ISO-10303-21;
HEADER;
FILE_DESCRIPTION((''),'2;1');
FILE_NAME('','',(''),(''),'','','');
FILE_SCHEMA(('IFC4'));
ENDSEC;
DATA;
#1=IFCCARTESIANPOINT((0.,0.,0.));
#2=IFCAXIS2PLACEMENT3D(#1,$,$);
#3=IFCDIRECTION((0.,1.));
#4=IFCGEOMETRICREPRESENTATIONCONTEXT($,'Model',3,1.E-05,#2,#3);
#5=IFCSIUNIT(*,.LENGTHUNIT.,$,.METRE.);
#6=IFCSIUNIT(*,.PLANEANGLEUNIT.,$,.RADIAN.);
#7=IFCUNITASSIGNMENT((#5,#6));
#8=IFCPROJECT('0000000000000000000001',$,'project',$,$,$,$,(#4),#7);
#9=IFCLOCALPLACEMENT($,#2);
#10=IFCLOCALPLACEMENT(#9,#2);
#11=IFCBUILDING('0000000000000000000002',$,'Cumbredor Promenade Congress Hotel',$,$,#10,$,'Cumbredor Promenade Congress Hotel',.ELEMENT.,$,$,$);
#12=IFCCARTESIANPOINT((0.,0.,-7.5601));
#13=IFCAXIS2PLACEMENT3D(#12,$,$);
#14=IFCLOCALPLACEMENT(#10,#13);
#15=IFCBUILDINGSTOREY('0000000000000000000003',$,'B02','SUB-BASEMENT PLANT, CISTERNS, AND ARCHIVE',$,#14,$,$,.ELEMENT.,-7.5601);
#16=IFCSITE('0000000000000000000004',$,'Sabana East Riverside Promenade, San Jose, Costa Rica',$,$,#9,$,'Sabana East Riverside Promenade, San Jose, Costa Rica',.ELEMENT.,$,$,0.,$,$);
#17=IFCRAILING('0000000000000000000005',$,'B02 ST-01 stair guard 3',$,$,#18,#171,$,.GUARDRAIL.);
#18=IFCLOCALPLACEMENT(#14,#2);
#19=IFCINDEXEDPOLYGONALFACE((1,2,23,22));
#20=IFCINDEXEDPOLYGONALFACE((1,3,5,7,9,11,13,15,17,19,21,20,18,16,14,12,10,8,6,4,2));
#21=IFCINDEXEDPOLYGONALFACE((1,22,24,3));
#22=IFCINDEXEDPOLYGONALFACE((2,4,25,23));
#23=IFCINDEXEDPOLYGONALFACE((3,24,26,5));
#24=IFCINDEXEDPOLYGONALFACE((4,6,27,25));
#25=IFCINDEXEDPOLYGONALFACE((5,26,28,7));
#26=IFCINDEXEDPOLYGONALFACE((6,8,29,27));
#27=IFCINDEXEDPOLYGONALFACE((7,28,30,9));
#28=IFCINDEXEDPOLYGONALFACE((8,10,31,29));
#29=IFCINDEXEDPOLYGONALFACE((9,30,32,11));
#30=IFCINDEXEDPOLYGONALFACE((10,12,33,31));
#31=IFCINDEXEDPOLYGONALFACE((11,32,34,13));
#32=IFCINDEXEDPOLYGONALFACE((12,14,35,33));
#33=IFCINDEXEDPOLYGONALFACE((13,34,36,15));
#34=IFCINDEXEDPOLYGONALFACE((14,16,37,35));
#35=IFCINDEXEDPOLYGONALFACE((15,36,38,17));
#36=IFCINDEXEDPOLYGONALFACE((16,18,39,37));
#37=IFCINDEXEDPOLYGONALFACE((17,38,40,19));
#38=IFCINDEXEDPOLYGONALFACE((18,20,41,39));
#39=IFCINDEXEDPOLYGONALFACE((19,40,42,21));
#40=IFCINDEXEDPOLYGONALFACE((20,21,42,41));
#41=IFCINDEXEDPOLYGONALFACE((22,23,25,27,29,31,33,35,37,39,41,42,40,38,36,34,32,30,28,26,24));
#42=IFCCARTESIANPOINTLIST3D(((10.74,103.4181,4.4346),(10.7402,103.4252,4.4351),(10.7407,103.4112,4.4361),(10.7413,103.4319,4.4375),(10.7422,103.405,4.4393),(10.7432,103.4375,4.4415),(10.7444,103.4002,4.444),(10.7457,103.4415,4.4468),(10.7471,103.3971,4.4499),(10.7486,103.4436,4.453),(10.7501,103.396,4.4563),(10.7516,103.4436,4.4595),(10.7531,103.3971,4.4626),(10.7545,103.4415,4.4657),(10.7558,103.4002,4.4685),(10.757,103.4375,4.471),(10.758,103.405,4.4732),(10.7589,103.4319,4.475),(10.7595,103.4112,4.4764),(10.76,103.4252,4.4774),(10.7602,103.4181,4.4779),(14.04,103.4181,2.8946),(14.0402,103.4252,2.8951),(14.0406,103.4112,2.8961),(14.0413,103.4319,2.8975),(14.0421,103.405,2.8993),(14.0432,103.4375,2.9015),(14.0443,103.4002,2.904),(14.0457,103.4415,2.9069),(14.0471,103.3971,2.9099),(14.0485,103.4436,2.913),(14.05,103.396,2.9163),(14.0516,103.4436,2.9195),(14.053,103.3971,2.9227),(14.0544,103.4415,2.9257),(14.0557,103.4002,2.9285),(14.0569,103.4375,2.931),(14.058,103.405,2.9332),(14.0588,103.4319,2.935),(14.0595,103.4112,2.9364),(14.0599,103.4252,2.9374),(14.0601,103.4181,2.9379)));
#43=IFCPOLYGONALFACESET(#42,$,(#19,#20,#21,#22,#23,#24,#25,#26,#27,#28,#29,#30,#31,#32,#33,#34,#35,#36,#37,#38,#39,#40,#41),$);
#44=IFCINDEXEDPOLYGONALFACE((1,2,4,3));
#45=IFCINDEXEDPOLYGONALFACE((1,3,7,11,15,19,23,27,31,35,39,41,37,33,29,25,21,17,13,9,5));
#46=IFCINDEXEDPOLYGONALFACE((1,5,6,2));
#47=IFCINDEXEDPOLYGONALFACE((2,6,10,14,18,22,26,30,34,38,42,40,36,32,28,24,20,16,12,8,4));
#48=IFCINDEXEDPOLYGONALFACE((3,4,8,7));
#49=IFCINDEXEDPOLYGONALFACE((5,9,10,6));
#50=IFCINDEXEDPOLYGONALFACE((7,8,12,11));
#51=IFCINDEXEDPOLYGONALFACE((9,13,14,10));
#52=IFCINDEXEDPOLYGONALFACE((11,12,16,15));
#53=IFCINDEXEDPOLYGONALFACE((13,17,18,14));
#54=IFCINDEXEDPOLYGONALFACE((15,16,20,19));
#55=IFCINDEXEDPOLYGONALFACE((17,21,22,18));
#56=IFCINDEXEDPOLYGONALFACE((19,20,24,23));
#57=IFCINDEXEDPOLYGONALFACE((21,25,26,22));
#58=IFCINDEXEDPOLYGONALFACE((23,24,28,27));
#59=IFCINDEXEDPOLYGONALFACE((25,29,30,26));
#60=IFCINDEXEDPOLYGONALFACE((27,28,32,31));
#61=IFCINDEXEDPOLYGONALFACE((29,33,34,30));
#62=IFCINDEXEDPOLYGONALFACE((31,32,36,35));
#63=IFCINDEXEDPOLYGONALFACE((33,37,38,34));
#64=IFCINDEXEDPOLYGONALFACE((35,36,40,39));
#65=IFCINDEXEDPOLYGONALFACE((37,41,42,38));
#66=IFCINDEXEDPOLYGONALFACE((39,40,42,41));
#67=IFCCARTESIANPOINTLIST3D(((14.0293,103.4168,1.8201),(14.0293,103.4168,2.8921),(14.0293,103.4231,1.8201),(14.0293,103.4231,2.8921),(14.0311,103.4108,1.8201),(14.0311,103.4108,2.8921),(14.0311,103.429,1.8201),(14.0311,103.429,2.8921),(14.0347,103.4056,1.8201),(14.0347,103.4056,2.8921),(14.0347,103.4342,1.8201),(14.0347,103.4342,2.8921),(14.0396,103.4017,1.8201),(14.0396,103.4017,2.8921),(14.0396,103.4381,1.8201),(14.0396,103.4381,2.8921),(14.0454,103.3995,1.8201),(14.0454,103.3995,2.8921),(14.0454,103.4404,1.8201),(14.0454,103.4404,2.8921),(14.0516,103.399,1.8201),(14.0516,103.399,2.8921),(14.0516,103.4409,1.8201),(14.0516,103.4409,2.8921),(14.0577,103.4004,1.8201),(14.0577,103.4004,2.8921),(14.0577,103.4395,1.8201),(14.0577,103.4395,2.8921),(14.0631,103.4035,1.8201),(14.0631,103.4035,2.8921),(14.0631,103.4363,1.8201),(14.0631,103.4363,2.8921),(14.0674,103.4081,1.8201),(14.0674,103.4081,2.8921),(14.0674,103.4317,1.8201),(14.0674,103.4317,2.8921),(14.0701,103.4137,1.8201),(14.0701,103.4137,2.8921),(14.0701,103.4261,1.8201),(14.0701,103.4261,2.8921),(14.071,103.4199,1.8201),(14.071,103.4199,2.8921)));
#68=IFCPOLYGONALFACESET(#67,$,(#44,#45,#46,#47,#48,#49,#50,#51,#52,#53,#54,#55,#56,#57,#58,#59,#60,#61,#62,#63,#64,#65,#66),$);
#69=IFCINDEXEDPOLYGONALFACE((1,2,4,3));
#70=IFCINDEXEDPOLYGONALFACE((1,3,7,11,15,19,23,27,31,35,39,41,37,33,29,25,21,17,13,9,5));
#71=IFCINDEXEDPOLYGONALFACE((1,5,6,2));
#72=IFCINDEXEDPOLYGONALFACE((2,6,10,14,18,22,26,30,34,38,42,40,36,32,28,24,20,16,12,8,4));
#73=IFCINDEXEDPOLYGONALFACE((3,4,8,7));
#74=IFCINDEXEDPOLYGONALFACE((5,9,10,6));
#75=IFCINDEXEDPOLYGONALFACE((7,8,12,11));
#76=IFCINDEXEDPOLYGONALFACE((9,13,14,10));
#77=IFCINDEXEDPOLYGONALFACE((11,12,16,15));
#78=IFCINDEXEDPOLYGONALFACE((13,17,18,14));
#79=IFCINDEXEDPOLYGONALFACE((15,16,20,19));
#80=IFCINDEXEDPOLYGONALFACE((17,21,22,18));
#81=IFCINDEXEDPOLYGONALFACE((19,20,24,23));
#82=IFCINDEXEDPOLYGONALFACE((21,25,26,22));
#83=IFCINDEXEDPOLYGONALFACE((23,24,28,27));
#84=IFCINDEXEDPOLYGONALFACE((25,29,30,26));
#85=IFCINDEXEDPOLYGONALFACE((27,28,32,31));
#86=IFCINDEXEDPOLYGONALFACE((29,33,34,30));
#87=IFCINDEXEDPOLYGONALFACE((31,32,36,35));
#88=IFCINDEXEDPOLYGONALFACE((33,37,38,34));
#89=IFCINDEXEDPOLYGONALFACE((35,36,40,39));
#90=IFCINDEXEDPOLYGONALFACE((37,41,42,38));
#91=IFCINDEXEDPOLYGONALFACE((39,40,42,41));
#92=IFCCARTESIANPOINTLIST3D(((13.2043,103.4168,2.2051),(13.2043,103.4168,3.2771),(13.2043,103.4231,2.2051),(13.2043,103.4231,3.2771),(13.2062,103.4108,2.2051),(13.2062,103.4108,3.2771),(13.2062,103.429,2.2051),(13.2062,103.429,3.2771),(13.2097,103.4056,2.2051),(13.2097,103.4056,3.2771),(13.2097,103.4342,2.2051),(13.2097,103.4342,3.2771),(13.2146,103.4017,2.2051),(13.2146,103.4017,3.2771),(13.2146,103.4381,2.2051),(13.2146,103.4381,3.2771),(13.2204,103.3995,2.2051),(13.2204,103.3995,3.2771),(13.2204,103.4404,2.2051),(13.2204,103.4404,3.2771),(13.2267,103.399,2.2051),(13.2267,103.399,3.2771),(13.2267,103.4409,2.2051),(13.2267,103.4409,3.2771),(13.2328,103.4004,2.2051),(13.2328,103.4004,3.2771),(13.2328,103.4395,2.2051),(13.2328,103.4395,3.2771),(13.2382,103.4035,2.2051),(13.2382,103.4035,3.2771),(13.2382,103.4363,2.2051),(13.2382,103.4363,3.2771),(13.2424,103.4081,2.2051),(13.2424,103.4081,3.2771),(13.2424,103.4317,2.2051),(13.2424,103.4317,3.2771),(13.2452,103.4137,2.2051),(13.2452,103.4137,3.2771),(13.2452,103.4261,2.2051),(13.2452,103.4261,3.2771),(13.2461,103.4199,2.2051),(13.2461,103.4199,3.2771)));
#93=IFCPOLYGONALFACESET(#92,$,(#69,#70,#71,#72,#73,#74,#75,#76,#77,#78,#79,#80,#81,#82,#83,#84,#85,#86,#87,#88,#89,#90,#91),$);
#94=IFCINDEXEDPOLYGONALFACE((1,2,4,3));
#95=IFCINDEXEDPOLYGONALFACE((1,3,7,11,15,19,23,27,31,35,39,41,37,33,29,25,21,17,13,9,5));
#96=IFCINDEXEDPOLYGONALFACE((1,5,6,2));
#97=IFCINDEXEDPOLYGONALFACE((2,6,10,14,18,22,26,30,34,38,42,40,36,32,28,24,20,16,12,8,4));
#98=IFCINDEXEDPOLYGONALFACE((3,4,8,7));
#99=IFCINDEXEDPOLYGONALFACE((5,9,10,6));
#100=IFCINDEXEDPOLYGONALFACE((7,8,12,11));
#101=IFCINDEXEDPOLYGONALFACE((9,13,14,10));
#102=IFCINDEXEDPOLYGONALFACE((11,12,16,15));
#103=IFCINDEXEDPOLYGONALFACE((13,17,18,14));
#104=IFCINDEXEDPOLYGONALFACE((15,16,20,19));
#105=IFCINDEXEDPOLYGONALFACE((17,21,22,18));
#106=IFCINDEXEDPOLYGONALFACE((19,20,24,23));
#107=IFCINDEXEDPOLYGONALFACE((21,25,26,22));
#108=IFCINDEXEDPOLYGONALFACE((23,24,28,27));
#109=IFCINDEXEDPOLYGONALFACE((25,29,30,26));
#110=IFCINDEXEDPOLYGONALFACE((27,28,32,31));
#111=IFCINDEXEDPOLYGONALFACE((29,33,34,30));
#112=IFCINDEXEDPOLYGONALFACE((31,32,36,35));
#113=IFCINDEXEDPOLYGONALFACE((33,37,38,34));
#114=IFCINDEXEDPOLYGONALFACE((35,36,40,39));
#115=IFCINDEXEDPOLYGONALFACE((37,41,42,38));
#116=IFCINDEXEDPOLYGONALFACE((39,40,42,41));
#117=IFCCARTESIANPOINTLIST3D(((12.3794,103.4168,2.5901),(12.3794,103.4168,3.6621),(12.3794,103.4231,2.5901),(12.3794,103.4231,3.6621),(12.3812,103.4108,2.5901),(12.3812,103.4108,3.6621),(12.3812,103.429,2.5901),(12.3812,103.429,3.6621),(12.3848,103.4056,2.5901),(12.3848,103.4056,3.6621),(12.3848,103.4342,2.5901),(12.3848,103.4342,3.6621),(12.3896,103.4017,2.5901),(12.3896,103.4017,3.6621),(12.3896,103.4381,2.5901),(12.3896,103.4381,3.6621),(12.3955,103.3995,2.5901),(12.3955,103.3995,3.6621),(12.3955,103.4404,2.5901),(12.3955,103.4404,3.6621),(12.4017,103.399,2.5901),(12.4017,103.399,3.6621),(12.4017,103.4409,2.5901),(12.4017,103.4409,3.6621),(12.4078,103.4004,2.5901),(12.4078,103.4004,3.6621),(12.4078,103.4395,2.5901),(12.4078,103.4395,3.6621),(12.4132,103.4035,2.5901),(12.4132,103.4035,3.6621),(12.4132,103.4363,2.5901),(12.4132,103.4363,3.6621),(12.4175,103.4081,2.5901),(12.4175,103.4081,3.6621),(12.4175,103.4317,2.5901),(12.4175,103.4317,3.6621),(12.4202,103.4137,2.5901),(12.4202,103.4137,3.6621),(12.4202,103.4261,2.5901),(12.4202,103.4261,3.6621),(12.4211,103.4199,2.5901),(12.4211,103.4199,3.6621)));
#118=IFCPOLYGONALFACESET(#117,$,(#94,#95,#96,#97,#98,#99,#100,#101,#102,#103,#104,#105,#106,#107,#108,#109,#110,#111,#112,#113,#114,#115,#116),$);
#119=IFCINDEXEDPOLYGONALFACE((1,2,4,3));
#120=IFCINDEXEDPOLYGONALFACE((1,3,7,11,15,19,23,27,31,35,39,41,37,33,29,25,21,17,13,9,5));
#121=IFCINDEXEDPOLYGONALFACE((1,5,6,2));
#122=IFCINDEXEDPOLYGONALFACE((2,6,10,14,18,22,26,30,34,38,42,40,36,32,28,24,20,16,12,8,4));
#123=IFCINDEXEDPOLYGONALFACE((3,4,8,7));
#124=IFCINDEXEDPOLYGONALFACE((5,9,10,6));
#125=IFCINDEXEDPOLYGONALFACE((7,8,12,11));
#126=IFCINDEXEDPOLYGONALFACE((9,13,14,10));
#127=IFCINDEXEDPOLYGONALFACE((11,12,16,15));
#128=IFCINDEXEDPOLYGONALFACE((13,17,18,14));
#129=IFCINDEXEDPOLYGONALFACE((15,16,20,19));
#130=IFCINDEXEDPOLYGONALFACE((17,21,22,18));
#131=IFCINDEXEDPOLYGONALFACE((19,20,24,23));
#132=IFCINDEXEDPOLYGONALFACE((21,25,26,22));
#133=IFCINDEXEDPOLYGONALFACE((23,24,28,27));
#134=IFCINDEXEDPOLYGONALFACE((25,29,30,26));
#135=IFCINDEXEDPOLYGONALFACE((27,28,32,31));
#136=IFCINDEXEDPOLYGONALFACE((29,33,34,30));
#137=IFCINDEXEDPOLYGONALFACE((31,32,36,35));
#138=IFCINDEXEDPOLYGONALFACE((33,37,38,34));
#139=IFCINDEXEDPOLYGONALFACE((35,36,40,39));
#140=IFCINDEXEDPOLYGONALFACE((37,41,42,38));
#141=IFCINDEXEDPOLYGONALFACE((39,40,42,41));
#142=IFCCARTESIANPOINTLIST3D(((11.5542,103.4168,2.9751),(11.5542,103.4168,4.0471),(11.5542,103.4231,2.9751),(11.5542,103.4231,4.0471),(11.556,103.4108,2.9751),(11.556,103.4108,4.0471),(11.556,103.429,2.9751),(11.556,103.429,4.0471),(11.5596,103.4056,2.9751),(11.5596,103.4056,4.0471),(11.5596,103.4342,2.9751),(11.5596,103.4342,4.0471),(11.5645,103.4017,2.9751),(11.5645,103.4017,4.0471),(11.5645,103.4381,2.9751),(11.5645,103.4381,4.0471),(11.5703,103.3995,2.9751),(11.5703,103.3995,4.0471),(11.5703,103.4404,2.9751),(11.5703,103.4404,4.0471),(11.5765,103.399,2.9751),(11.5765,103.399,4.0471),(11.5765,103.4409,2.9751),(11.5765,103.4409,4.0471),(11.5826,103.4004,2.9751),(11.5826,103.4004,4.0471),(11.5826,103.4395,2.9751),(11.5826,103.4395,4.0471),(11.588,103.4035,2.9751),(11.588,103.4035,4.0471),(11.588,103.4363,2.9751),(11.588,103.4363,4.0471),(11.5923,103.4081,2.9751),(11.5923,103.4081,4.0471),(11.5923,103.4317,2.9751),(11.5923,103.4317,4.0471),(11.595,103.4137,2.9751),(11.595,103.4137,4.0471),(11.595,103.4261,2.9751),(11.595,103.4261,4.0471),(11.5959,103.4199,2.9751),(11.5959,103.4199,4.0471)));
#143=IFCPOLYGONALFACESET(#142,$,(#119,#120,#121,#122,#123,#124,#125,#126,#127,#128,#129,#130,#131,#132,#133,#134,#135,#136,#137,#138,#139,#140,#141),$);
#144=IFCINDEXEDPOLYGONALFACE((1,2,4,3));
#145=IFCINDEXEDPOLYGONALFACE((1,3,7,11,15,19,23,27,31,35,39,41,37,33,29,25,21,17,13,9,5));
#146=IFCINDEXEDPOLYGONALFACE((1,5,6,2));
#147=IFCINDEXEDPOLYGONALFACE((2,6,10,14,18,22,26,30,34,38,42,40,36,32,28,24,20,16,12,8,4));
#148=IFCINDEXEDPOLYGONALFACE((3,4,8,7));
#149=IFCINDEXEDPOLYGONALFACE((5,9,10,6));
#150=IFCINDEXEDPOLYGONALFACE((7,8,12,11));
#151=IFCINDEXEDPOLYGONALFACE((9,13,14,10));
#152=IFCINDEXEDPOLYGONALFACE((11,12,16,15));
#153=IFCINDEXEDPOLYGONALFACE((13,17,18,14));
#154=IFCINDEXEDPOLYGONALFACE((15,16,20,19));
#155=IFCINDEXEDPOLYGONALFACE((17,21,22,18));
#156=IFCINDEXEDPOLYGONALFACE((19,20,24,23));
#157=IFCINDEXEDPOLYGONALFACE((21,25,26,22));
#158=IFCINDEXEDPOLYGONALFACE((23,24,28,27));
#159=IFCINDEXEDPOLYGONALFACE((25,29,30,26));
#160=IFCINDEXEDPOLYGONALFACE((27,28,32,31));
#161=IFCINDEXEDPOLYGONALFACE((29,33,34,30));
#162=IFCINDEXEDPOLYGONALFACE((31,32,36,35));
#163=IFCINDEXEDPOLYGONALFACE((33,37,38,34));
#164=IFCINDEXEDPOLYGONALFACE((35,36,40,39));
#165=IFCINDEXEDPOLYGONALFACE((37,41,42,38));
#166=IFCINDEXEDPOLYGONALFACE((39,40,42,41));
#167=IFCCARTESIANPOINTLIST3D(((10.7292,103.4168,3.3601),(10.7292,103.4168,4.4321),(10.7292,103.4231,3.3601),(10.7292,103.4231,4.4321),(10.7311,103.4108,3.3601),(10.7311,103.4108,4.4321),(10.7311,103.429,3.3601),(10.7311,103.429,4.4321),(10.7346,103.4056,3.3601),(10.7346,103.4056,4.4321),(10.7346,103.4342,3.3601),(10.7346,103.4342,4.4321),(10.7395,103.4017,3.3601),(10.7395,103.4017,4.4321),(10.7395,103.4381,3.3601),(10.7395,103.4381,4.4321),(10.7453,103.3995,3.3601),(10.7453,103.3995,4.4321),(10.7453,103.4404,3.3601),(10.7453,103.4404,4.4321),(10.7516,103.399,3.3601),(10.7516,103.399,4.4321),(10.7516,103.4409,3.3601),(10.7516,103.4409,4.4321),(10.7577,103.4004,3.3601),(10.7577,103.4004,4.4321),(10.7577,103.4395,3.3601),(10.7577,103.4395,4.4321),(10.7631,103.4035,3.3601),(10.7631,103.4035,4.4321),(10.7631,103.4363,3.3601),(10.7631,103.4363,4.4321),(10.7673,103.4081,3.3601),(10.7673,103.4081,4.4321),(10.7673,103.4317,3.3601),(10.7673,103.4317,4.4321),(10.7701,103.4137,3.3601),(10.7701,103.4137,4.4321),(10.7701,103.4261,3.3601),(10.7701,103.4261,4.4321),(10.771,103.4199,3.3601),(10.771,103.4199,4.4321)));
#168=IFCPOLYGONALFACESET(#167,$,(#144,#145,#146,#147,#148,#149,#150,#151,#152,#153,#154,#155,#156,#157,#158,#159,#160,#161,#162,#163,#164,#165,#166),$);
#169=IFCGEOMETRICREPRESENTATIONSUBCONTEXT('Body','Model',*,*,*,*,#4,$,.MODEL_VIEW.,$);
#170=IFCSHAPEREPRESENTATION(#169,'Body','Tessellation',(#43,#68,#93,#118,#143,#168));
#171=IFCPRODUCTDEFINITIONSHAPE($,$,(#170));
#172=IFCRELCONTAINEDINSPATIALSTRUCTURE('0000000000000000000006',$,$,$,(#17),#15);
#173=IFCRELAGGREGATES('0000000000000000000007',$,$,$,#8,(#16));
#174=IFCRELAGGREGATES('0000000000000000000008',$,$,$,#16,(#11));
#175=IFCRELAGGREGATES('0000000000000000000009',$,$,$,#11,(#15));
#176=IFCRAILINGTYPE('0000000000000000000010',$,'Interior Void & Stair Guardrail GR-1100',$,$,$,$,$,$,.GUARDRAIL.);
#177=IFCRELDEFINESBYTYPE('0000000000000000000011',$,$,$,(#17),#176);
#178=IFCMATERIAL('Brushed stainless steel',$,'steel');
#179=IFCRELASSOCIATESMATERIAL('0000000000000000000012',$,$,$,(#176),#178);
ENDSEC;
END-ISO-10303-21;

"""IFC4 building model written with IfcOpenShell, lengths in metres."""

from ifc_helpers import new_model, si_unit, direction, frame, origin, origin_2d, place, context, subcontext, project, spatial, circle, extrude, material, type_object, element, save


model = new_model("IFC4")

# Units and contexts
model_context = context("Model", 3, precision=1e-05, world=origin(), true_north=direction((0.0, 1.0)))
body_context = subcontext(model_context, "Body", "Model", "MODEL_VIEW")
ifc_project = project(units=[si_unit("LENGTHUNIT", "METRE"), si_unit("PLANEANGLEUNIT", "RADIAN")], contexts=[model_context])

# Site, building, storey
site_placement = place(None, origin())
site = spatial("IfcSite", under=ifc_project, at=site_placement, Name="Sabana East Riverside Promenade, San Jose, Costa Rica", LongName="Sabana East Riverside Promenade, San Jose, Costa Rica", CompositionType="ELEMENT", RefElevation=0.0)
building_placement = place(site_placement, origin())
building = spatial("IfcBuilding", under=site, at=building_placement, Name="Cumbredor Promenade Congress Hotel", LongName="Cumbredor Promenade Congress Hotel", CompositionType="ELEMENT")
storey_placement = place(building_placement, frame((0.0, 0.0, -7.5601)))
storey = spatial("IfcBuildingStorey", under=building, at=storey_placement, Name="B02", Description="SUB-BASEMENT PLANT, CISTERNS, AND ARCHIVE", CompositionType="ELEMENT", Elevation=-7.5601)

# Railing
ifc_material_1 = material(Name="Brushed stainless steel", Category="steel")
railing_type_1 = type_object("IfcRailingType", Name="Interior Void & Stair Guardrail GR-1100", PredefinedType="GUARDRAIL", material=ifc_material_1)
railing_1_placement = place(storey_placement, frame((14.05, 103.4199, 1.8201)))
element("IfcRailing", 1, at=railing_1_placement, inside=storey, type_object=railing_type_1, Name="B02 ST-01 stair guard 3", PredefinedType="GUARDRAIL", context=body_context, shape_type="SweptSolid", body=[
    extrude(circle(Radius=0.0239, at=origin_2d()), frame((0.0, 0.0, 1.0962), z_axis=(-0.906181, 0.0, 0.422889), x_axis=(0.0, -1.0, 0.0)), (0.0, 0.0, 1.0), 3.6416),
    extrude(circle(Radius=0.021, at=origin_2d()), origin(), (0.0, 0.0, 1.0), 1.072),
    extrude(circle(Radius=0.021, at=origin_2d()), frame((-0.825, 0.0, 0.385)), (0.0, 0.0, 1.0), 1.072),
    extrude(circle(Radius=0.021, at=origin_2d()), frame((-1.6499, 0.0, 0.77)), (0.0, 0.0, 1.0), 1.072),
    extrude(circle(Radius=0.021, at=origin_2d()), frame((-2.4751, 0.0, 1.155)), (0.0, 0.0, 1.0), 1.072),
    extrude(circle(Radius=0.021, at=origin_2d()), frame((-3.3, 0.0, 1.54)), (0.0, 0.0, 1.0), 1.072),
])

save(model, "model.ifc")
